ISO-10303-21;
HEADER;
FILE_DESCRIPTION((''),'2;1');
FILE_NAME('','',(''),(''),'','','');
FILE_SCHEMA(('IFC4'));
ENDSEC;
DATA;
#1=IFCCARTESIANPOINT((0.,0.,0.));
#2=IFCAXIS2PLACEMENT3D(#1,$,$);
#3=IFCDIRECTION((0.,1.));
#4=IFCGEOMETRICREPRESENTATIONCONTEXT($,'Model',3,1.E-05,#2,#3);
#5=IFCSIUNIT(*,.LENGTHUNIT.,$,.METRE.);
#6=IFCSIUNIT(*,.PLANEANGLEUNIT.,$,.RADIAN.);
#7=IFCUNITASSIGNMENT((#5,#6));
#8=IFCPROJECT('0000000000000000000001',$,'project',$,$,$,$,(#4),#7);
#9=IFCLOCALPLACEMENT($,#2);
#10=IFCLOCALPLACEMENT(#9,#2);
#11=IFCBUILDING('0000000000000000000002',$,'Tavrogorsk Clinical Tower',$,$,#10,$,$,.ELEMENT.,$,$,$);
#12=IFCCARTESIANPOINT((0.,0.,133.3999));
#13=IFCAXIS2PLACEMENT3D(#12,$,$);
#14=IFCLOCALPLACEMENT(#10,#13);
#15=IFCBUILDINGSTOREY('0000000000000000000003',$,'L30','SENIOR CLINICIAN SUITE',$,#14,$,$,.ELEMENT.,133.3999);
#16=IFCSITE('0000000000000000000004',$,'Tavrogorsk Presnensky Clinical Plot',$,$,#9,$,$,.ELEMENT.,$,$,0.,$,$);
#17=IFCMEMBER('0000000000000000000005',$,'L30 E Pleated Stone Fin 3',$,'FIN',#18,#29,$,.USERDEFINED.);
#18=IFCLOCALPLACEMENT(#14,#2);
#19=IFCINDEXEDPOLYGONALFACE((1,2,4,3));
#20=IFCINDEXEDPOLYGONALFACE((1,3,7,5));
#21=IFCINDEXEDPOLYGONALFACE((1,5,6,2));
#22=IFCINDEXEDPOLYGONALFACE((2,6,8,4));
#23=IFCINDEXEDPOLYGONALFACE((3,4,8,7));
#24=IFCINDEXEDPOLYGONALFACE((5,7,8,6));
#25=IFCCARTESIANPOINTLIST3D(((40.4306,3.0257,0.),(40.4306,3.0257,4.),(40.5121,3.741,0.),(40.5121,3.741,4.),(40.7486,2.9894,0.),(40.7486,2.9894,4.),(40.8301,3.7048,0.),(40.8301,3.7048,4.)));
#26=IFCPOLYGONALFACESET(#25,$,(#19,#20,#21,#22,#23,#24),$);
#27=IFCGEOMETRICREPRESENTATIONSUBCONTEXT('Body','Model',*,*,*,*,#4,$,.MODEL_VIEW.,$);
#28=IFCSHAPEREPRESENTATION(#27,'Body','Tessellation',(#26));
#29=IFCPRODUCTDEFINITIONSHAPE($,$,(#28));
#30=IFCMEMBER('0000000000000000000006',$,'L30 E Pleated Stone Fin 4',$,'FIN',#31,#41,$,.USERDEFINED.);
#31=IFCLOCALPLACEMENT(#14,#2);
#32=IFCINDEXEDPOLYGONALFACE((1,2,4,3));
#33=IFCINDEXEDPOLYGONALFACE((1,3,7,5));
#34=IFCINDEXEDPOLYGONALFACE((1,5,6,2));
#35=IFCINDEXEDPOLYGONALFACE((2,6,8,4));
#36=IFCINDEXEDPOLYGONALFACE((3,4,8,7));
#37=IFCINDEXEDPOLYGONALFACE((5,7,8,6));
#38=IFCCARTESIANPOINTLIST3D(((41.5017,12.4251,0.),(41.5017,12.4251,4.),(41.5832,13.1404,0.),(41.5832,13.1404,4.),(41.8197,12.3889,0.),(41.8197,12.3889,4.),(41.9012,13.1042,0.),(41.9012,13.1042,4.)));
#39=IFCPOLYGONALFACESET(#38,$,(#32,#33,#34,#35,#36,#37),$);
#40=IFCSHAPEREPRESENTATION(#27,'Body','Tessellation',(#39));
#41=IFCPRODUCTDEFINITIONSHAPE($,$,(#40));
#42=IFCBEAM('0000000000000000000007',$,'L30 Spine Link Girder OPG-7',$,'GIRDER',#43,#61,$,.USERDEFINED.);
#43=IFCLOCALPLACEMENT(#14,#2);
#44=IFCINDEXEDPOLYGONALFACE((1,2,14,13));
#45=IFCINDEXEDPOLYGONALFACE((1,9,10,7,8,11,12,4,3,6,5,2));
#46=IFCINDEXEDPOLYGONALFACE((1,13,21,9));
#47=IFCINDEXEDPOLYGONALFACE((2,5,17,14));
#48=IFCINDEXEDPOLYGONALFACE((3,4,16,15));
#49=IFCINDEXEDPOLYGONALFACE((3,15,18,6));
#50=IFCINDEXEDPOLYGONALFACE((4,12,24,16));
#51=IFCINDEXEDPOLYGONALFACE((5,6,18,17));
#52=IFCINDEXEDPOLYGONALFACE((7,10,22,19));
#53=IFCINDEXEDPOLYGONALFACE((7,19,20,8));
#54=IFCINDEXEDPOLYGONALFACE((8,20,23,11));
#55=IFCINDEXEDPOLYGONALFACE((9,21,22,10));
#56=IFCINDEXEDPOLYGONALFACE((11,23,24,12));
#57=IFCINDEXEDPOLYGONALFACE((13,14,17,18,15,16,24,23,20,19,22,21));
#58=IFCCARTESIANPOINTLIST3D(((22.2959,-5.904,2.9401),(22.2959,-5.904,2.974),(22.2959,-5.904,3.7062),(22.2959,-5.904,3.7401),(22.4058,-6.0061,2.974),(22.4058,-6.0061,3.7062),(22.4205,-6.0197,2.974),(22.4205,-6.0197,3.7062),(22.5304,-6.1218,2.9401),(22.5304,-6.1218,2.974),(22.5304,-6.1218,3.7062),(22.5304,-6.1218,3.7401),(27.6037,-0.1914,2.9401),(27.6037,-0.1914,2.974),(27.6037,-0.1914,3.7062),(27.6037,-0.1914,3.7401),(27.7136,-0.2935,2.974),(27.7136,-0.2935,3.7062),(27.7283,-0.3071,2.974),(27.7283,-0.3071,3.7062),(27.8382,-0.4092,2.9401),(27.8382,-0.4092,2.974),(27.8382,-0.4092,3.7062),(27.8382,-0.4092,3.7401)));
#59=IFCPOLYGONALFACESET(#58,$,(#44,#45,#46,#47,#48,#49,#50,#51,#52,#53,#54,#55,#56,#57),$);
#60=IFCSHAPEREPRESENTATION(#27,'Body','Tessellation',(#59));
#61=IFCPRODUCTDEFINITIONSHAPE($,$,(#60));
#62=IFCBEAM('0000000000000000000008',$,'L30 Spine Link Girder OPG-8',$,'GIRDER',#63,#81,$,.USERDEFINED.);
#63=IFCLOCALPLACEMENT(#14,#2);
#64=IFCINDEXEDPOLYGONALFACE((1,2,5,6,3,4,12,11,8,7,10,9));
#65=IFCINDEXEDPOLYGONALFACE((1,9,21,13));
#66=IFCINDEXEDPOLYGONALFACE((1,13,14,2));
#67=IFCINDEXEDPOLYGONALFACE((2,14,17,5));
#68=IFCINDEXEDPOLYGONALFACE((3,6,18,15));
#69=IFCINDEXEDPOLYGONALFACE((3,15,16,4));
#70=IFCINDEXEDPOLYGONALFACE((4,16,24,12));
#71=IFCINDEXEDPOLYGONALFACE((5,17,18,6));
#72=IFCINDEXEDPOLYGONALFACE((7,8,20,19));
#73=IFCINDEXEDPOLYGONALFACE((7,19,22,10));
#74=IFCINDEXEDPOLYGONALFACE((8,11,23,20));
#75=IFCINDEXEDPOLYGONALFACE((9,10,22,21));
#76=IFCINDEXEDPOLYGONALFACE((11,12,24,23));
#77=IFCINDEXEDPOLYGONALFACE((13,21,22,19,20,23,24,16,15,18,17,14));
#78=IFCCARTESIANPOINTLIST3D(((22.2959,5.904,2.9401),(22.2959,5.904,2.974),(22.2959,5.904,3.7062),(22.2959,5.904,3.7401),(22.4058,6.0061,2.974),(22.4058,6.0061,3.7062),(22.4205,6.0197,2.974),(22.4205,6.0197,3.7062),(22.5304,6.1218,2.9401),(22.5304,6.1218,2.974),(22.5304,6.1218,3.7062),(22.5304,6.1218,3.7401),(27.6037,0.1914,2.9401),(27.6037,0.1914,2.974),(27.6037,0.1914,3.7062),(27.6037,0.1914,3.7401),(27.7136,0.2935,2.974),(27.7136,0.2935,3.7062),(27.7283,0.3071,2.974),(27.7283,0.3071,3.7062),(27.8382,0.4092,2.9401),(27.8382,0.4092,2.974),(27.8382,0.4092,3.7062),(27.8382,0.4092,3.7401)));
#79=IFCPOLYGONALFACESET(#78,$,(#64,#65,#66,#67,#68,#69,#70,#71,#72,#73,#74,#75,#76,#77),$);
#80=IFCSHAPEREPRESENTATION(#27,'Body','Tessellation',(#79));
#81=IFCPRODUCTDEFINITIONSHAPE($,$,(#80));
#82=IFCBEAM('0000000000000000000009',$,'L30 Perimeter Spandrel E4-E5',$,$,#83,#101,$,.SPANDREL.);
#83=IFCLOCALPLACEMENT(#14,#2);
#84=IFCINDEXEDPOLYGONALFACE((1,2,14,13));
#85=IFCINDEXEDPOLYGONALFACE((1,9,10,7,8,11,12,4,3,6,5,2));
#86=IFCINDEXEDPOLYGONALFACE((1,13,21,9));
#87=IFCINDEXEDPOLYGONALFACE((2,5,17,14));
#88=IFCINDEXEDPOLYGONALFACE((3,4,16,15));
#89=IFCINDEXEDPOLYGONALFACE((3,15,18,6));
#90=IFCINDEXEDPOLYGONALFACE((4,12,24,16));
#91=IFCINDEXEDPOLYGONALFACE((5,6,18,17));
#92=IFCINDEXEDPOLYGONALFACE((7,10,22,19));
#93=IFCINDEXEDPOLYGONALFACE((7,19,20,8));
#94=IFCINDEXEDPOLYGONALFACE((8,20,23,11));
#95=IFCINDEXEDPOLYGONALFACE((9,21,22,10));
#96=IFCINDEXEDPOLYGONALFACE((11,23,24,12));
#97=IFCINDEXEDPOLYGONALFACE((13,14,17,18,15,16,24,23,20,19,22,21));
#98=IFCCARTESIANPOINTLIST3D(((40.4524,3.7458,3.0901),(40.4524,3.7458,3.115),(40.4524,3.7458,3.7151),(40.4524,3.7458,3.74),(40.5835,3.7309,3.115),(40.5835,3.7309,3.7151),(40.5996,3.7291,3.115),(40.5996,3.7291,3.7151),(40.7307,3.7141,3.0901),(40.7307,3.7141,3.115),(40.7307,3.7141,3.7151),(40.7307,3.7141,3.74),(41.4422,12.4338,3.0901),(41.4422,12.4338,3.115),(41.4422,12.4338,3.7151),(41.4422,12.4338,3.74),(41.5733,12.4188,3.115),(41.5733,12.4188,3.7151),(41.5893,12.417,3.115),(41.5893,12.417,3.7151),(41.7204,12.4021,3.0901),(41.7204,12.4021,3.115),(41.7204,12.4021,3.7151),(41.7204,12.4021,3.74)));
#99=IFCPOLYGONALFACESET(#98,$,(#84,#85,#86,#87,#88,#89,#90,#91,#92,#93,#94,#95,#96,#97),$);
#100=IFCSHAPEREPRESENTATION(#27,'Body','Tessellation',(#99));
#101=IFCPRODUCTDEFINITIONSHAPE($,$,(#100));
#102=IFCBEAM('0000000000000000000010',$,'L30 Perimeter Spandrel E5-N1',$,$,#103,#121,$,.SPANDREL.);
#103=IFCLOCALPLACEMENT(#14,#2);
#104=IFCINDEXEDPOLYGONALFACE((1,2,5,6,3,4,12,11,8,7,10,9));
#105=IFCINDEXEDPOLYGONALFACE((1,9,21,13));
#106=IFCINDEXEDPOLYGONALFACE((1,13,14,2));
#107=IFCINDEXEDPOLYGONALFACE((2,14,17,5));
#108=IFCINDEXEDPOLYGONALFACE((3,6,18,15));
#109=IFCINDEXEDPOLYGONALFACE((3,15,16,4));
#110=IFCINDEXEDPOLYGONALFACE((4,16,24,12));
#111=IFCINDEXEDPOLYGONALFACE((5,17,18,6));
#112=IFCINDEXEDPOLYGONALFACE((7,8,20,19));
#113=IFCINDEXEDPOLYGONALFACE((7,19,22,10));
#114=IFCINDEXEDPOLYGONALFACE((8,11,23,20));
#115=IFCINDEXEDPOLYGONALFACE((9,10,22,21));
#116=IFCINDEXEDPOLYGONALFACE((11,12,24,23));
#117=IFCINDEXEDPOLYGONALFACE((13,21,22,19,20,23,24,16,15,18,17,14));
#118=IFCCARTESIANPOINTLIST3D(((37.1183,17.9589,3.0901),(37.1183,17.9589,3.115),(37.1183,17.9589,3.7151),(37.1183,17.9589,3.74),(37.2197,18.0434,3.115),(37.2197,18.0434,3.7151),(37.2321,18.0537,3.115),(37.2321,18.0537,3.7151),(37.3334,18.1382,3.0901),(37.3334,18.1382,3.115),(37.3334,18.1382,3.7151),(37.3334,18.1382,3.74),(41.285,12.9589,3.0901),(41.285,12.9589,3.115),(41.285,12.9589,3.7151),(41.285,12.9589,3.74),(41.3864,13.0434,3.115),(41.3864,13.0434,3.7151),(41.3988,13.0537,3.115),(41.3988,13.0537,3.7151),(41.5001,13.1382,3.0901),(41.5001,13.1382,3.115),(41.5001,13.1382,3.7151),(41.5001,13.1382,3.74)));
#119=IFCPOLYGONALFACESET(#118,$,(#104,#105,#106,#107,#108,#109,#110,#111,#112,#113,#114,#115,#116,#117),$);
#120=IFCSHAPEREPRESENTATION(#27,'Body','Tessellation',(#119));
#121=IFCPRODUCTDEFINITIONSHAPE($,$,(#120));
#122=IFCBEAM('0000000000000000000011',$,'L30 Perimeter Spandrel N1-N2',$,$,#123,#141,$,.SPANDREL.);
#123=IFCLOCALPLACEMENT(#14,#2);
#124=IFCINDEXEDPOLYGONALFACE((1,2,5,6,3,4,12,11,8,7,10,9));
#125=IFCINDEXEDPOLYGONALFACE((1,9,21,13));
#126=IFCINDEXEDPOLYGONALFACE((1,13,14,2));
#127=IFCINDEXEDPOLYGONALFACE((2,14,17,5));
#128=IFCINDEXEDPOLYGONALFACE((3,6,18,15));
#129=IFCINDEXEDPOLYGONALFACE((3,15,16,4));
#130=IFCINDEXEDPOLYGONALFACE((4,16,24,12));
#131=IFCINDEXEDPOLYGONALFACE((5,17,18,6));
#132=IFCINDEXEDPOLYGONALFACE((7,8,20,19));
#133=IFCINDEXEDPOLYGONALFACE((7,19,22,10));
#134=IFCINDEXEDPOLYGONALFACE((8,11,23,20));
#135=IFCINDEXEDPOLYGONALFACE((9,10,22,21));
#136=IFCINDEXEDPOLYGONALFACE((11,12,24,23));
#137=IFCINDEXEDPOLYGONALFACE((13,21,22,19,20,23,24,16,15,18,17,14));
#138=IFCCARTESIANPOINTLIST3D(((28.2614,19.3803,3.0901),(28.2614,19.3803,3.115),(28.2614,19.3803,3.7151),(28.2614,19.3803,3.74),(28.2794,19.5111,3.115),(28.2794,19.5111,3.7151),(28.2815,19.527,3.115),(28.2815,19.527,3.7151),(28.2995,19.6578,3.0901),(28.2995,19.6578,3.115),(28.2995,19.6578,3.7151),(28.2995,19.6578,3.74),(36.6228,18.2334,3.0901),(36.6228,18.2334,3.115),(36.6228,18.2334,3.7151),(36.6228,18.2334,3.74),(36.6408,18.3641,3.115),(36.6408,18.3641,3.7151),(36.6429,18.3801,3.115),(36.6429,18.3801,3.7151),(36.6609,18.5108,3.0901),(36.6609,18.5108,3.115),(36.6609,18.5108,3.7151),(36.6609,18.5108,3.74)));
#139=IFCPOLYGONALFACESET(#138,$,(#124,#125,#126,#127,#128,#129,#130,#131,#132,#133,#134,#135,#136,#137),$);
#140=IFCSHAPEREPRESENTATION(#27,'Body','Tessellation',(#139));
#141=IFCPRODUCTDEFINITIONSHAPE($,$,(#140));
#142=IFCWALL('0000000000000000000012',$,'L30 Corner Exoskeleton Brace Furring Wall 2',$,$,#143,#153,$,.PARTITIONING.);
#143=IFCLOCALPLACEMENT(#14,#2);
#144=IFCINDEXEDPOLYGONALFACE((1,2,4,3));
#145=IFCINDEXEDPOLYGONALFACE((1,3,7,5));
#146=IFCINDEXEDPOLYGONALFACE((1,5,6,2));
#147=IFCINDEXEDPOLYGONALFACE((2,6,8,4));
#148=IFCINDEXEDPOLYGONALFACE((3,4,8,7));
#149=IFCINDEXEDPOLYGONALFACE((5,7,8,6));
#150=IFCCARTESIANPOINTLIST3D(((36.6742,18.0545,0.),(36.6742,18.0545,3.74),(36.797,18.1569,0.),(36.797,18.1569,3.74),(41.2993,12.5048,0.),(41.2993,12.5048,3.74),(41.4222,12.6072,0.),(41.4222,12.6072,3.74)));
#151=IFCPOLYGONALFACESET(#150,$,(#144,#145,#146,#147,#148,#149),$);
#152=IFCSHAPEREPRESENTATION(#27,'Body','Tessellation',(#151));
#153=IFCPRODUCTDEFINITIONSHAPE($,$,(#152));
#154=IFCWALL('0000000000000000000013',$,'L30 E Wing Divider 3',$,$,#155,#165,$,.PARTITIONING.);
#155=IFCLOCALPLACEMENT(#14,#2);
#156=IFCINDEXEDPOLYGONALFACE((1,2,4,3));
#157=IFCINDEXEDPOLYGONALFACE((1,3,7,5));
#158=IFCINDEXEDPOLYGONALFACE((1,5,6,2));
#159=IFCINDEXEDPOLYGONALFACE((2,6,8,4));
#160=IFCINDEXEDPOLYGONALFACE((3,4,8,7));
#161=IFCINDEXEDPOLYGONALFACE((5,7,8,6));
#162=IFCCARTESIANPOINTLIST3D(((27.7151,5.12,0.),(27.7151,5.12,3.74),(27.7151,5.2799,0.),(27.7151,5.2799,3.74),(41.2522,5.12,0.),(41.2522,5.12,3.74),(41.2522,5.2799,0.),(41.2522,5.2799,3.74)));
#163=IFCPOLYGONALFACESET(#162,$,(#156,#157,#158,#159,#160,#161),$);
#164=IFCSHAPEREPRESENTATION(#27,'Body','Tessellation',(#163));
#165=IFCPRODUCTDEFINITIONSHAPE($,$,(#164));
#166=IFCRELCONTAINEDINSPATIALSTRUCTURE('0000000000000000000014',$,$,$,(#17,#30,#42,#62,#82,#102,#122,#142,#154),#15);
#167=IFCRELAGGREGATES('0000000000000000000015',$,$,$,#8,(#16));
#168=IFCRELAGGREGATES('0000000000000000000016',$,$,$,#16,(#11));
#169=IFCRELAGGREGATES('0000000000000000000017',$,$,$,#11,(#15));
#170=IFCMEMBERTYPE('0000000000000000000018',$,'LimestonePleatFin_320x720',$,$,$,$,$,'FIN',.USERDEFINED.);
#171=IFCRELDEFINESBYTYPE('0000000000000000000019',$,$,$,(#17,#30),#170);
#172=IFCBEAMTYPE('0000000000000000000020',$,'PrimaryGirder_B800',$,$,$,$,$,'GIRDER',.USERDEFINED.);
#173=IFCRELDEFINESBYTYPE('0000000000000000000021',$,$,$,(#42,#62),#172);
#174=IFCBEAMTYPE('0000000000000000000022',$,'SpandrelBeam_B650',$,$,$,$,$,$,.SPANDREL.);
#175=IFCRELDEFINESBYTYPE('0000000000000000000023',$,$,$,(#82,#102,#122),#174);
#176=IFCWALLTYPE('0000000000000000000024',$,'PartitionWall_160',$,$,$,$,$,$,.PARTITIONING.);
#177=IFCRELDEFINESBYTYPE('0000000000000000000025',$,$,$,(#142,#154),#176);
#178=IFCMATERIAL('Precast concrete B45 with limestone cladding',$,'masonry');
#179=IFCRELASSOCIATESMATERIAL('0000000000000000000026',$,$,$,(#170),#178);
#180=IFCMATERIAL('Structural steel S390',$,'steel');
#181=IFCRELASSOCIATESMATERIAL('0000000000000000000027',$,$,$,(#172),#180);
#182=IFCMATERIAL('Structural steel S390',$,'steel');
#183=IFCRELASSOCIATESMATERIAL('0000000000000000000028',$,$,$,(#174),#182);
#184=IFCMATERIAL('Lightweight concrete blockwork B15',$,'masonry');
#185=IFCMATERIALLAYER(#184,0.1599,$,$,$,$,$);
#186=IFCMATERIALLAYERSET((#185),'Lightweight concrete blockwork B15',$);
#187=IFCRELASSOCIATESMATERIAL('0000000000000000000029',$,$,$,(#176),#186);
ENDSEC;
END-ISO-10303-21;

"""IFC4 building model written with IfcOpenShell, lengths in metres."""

from ifc_helpers import new_model, si_unit, direction, frame, frame_2d, origin, origin_2d, place, context, subcontext, project, spatial, rectangle, i_section, extrude, material, layer, layer_set, material_profile, profile_set, type_object, element, save


model = new_model("IFC4")

# Units and contexts
model_context = context("Model", 3, precision=1e-05, world=origin(), true_north=direction((0.0, 1.0)))
body_context = subcontext(model_context, "Body", "Model", "MODEL_VIEW")
ifc_project = project(units=[si_unit("LENGTHUNIT", "METRE"), si_unit("PLANEANGLEUNIT", "RADIAN")], contexts=[model_context])

# Site, building, storey
site_placement = place(None, origin())
site = spatial("IfcSite", under=ifc_project, at=site_placement, Name="Tavrogorsk Presnensky Clinical Plot", CompositionType="ELEMENT", RefElevation=0.0)
building_placement = place(site_placement, origin())
building = spatial("IfcBuilding", under=site, at=building_placement, Name="Tavrogorsk Clinical Tower", CompositionType="ELEMENT")
storey_placement = place(building_placement, frame((0.0, 0.0, 133.3999)))
storey = spatial("IfcBuildingStorey", under=building, at=storey_placement, Name="L30", Description="SENIOR CLINICIAN SUITE", CompositionType="ELEMENT", Elevation=133.3999)

# Members
ifc_material_1 = material(Name="Precast concrete B45 with limestone cladding", Category="masonry")
ifc_material_profile_1 = material_profile(ifc_material_1, rectangle(XDim=0.3201, YDim=0.72, at=origin_2d()), Name="LIMESTONE-FIN-320x720")
ifc_profile_set_1 = profile_set([ifc_material_profile_1], Name="Precast concrete B45 with limestone cladding")
member_type_1 = type_object("IfcMemberType", Name="LimestonePleatFin_320x720", ElementType="FIN", PredefinedType="USERDEFINED", material=ifc_profile_set_1)
for number, where, z_axis, x_axis, name in (
    (1, (40.6304, 3.3652, 0.0), (0.0, 0.0, 1.0), (0.993572, -0.113203, 0.0), "L30 E Pleated Stone Fin 3"),
    (2, (41.7014, 12.7646, 0.0), (0.0, 0.0, 1.0), (0.993572, -0.113203, 0.0), "L30 E Pleated Stone Fin 4"),
):
    element("IfcMember", number, at=place(storey_placement, frame(where, z_axis=z_axis, x_axis=x_axis)), inside=storey, type_object=member_type_1, Name=name, ObjectType="FIN", PredefinedType="USERDEFINED", context=body_context, shape_type="SweptSolid", body=[
        extrude(rectangle(XDim=0.3201, YDim=0.72, at=origin_2d()), origin(), (0.0, 0.0, 1.0), 4.0),
    ])

# Beams
ifc_material_2 = material(Name="Structural steel S390", Category="steel")
ifc_material_profile_2 = material_profile(ifc_material_2, i_section(OverallWidth=0.3201, OverallDepth=0.8, WebThickness=0.02, FlangeThickness=0.0339, at=origin_2d()), Name="B-800x320x20x34")
ifc_profile_set_2 = profile_set([ifc_material_profile_2], Name="Structural steel S390")
beam_type_1 = type_object("IfcBeamType", Name="PrimaryGirder_B800", ElementType="GIRDER", PredefinedType="USERDEFINED", material=ifc_profile_set_2)
for number, where, z_axis, x_axis, name in (
    (3, (27.7209, -0.3003, 3.3401), (-0.680676, -0.732585, 0.0), (0.732585, -0.680676, 0.0), "L30 Spine Link Girder OPG-7"),
    (4, (27.7209, 0.3003, 3.3401), (-0.680676, 0.732585, 0.0), (-0.732585, -0.680676, 0.0), "L30 Spine Link Girder OPG-8"),
):
    element("IfcBeam", number, at=place(storey_placement, frame(where, z_axis=z_axis, x_axis=x_axis)), inside=storey, type_object=beam_type_1, Name=name, ObjectType="GIRDER", PredefinedType="USERDEFINED", context=body_context, shape_type="SweptSolid", body=[
        extrude(i_section(OverallWidth=0.3201, OverallDepth=0.8, WebThickness=0.02, FlangeThickness=0.0339, at=origin_2d()), origin(), (0.0, 0.0, 1.0), 7.7979),
    ])
ifc_material_3 = material(Name="Structural steel S390", Category="steel")
ifc_material_profile_3 = material_profile(ifc_material_3, i_section(OverallWidth=0.28, OverallDepth=0.6499, WebThickness=0.0161, FlangeThickness=0.0249, at=origin_2d()), Name="B-650x280x16x25")
ifc_profile_set_3 = profile_set([ifc_material_profile_3], Name="Structural steel S390")
beam_type_2 = type_object("IfcBeamType", Name="SpandrelBeam_B650", PredefinedType="SPANDREL", material=ifc_profile_set_3)
beam_1_placement = place(storey_placement, frame((40.5916, 3.73, 3.415), z_axis=(0.113189, 0.993573, 0.0), x_axis=(-0.993573, 0.113189, 0.0)))
element("IfcBeam", 5, at=beam_1_placement, inside=storey, type_object=beam_type_2, Name="L30 Perimeter Spandrel E4-E5", PredefinedType="SPANDREL", context=body_context, shape_type="SweptSolid", body=[
    extrude(i_section(OverallWidth=0.28, OverallDepth=0.6499, WebThickness=0.0161, FlangeThickness=0.0249, at=origin_2d()), origin(), (0.0, 0.0, 1.0), 8.7441),
])
beam_2_placement = place(storey_placement, frame((41.3926, 13.0486, 3.415), z_axis=(-0.640192, 0.768215, 0.0), x_axis=(-0.768215, -0.640192, 0.0)))
element("IfcBeam", 6, at=beam_2_placement, inside=storey, type_object=beam_type_2, Name="L30 Perimeter Spandrel E5-N1", PredefinedType="SPANDREL", context=body_context, shape_type="SweptSolid", body=[
    extrude(i_section(OverallWidth=0.28, OverallDepth=0.6499, WebThickness=0.0161, FlangeThickness=0.0249, at=origin_2d()), origin(), (0.0, 0.0, 1.0), 6.5085),
])
beam_3_placement = place(storey_placement, frame((36.6418, 18.3721, 3.415), z_axis=(-0.990722, 0.135903, 0.0), x_axis=(-0.135903, -0.990722, 0.0)))
element("IfcBeam", 7, at=beam_3_placement, inside=storey, type_object=beam_type_2, Name="L30 Perimeter Spandrel N1-N2", PredefinedType="SPANDREL", context=body_context, shape_type="SweptSolid", body=[
    extrude(i_section(OverallWidth=0.28, OverallDepth=0.6499, WebThickness=0.0161, FlangeThickness=0.0249, at=origin_2d()), origin(), (0.0, 0.0, 1.0), 8.4397),
])

# Walls
ifc_material_4 = material(Name="Lightweight concrete blockwork B15", Category="masonry")
ifc_layer_1 = layer(ifc_material_4, 0.1599)
ifc_layer_set_1 = layer_set([ifc_layer_1], Name="Lightweight concrete blockwork B15")
wall_type_1 = type_object("IfcWallType", Name="PartitionWall_160", PredefinedType="PARTITIONING", material=ifc_layer_set_1)
wall_1_placement = place(storey_placement, frame((41.3608, 12.5559, 0.0), z_axis=(0.0, 0.0, 1.0), x_axis=(-0.640218, 0.768194, 0.0)))
element("IfcWall", 8, at=wall_1_placement, inside=storey, type_object=wall_type_1, Name="L30 Corner Exoskeleton Brace Furring Wall 2", PredefinedType="PARTITIONING", context=body_context, shape_type="SweptSolid", body=[
    extrude(rectangle(XDim=7.2244, YDim=0.1599, at=frame_2d((3.6123, 0.0))), origin(), (0.0, 0.0, 1.0), 3.74),
])
wall_2_placement = place(storey_placement, frame((27.7151, 5.2, 0.0), z_axis=(0.0, 0.0, 1.0), x_axis=(1.0, 0.0, 0.0)))
element("IfcWall", 9, at=wall_2_placement, inside=storey, type_object=wall_type_1, Name="L30 E Wing Divider 3", PredefinedType="PARTITIONING", context=body_context, shape_type="SweptSolid", body=[
    extrude(rectangle(XDim=13.5371, YDim=0.1599, at=frame_2d((6.7686, 0.0))), origin(), (0.0, 0.0, 1.0), 3.74),
])

save(model, "model.ifc")
